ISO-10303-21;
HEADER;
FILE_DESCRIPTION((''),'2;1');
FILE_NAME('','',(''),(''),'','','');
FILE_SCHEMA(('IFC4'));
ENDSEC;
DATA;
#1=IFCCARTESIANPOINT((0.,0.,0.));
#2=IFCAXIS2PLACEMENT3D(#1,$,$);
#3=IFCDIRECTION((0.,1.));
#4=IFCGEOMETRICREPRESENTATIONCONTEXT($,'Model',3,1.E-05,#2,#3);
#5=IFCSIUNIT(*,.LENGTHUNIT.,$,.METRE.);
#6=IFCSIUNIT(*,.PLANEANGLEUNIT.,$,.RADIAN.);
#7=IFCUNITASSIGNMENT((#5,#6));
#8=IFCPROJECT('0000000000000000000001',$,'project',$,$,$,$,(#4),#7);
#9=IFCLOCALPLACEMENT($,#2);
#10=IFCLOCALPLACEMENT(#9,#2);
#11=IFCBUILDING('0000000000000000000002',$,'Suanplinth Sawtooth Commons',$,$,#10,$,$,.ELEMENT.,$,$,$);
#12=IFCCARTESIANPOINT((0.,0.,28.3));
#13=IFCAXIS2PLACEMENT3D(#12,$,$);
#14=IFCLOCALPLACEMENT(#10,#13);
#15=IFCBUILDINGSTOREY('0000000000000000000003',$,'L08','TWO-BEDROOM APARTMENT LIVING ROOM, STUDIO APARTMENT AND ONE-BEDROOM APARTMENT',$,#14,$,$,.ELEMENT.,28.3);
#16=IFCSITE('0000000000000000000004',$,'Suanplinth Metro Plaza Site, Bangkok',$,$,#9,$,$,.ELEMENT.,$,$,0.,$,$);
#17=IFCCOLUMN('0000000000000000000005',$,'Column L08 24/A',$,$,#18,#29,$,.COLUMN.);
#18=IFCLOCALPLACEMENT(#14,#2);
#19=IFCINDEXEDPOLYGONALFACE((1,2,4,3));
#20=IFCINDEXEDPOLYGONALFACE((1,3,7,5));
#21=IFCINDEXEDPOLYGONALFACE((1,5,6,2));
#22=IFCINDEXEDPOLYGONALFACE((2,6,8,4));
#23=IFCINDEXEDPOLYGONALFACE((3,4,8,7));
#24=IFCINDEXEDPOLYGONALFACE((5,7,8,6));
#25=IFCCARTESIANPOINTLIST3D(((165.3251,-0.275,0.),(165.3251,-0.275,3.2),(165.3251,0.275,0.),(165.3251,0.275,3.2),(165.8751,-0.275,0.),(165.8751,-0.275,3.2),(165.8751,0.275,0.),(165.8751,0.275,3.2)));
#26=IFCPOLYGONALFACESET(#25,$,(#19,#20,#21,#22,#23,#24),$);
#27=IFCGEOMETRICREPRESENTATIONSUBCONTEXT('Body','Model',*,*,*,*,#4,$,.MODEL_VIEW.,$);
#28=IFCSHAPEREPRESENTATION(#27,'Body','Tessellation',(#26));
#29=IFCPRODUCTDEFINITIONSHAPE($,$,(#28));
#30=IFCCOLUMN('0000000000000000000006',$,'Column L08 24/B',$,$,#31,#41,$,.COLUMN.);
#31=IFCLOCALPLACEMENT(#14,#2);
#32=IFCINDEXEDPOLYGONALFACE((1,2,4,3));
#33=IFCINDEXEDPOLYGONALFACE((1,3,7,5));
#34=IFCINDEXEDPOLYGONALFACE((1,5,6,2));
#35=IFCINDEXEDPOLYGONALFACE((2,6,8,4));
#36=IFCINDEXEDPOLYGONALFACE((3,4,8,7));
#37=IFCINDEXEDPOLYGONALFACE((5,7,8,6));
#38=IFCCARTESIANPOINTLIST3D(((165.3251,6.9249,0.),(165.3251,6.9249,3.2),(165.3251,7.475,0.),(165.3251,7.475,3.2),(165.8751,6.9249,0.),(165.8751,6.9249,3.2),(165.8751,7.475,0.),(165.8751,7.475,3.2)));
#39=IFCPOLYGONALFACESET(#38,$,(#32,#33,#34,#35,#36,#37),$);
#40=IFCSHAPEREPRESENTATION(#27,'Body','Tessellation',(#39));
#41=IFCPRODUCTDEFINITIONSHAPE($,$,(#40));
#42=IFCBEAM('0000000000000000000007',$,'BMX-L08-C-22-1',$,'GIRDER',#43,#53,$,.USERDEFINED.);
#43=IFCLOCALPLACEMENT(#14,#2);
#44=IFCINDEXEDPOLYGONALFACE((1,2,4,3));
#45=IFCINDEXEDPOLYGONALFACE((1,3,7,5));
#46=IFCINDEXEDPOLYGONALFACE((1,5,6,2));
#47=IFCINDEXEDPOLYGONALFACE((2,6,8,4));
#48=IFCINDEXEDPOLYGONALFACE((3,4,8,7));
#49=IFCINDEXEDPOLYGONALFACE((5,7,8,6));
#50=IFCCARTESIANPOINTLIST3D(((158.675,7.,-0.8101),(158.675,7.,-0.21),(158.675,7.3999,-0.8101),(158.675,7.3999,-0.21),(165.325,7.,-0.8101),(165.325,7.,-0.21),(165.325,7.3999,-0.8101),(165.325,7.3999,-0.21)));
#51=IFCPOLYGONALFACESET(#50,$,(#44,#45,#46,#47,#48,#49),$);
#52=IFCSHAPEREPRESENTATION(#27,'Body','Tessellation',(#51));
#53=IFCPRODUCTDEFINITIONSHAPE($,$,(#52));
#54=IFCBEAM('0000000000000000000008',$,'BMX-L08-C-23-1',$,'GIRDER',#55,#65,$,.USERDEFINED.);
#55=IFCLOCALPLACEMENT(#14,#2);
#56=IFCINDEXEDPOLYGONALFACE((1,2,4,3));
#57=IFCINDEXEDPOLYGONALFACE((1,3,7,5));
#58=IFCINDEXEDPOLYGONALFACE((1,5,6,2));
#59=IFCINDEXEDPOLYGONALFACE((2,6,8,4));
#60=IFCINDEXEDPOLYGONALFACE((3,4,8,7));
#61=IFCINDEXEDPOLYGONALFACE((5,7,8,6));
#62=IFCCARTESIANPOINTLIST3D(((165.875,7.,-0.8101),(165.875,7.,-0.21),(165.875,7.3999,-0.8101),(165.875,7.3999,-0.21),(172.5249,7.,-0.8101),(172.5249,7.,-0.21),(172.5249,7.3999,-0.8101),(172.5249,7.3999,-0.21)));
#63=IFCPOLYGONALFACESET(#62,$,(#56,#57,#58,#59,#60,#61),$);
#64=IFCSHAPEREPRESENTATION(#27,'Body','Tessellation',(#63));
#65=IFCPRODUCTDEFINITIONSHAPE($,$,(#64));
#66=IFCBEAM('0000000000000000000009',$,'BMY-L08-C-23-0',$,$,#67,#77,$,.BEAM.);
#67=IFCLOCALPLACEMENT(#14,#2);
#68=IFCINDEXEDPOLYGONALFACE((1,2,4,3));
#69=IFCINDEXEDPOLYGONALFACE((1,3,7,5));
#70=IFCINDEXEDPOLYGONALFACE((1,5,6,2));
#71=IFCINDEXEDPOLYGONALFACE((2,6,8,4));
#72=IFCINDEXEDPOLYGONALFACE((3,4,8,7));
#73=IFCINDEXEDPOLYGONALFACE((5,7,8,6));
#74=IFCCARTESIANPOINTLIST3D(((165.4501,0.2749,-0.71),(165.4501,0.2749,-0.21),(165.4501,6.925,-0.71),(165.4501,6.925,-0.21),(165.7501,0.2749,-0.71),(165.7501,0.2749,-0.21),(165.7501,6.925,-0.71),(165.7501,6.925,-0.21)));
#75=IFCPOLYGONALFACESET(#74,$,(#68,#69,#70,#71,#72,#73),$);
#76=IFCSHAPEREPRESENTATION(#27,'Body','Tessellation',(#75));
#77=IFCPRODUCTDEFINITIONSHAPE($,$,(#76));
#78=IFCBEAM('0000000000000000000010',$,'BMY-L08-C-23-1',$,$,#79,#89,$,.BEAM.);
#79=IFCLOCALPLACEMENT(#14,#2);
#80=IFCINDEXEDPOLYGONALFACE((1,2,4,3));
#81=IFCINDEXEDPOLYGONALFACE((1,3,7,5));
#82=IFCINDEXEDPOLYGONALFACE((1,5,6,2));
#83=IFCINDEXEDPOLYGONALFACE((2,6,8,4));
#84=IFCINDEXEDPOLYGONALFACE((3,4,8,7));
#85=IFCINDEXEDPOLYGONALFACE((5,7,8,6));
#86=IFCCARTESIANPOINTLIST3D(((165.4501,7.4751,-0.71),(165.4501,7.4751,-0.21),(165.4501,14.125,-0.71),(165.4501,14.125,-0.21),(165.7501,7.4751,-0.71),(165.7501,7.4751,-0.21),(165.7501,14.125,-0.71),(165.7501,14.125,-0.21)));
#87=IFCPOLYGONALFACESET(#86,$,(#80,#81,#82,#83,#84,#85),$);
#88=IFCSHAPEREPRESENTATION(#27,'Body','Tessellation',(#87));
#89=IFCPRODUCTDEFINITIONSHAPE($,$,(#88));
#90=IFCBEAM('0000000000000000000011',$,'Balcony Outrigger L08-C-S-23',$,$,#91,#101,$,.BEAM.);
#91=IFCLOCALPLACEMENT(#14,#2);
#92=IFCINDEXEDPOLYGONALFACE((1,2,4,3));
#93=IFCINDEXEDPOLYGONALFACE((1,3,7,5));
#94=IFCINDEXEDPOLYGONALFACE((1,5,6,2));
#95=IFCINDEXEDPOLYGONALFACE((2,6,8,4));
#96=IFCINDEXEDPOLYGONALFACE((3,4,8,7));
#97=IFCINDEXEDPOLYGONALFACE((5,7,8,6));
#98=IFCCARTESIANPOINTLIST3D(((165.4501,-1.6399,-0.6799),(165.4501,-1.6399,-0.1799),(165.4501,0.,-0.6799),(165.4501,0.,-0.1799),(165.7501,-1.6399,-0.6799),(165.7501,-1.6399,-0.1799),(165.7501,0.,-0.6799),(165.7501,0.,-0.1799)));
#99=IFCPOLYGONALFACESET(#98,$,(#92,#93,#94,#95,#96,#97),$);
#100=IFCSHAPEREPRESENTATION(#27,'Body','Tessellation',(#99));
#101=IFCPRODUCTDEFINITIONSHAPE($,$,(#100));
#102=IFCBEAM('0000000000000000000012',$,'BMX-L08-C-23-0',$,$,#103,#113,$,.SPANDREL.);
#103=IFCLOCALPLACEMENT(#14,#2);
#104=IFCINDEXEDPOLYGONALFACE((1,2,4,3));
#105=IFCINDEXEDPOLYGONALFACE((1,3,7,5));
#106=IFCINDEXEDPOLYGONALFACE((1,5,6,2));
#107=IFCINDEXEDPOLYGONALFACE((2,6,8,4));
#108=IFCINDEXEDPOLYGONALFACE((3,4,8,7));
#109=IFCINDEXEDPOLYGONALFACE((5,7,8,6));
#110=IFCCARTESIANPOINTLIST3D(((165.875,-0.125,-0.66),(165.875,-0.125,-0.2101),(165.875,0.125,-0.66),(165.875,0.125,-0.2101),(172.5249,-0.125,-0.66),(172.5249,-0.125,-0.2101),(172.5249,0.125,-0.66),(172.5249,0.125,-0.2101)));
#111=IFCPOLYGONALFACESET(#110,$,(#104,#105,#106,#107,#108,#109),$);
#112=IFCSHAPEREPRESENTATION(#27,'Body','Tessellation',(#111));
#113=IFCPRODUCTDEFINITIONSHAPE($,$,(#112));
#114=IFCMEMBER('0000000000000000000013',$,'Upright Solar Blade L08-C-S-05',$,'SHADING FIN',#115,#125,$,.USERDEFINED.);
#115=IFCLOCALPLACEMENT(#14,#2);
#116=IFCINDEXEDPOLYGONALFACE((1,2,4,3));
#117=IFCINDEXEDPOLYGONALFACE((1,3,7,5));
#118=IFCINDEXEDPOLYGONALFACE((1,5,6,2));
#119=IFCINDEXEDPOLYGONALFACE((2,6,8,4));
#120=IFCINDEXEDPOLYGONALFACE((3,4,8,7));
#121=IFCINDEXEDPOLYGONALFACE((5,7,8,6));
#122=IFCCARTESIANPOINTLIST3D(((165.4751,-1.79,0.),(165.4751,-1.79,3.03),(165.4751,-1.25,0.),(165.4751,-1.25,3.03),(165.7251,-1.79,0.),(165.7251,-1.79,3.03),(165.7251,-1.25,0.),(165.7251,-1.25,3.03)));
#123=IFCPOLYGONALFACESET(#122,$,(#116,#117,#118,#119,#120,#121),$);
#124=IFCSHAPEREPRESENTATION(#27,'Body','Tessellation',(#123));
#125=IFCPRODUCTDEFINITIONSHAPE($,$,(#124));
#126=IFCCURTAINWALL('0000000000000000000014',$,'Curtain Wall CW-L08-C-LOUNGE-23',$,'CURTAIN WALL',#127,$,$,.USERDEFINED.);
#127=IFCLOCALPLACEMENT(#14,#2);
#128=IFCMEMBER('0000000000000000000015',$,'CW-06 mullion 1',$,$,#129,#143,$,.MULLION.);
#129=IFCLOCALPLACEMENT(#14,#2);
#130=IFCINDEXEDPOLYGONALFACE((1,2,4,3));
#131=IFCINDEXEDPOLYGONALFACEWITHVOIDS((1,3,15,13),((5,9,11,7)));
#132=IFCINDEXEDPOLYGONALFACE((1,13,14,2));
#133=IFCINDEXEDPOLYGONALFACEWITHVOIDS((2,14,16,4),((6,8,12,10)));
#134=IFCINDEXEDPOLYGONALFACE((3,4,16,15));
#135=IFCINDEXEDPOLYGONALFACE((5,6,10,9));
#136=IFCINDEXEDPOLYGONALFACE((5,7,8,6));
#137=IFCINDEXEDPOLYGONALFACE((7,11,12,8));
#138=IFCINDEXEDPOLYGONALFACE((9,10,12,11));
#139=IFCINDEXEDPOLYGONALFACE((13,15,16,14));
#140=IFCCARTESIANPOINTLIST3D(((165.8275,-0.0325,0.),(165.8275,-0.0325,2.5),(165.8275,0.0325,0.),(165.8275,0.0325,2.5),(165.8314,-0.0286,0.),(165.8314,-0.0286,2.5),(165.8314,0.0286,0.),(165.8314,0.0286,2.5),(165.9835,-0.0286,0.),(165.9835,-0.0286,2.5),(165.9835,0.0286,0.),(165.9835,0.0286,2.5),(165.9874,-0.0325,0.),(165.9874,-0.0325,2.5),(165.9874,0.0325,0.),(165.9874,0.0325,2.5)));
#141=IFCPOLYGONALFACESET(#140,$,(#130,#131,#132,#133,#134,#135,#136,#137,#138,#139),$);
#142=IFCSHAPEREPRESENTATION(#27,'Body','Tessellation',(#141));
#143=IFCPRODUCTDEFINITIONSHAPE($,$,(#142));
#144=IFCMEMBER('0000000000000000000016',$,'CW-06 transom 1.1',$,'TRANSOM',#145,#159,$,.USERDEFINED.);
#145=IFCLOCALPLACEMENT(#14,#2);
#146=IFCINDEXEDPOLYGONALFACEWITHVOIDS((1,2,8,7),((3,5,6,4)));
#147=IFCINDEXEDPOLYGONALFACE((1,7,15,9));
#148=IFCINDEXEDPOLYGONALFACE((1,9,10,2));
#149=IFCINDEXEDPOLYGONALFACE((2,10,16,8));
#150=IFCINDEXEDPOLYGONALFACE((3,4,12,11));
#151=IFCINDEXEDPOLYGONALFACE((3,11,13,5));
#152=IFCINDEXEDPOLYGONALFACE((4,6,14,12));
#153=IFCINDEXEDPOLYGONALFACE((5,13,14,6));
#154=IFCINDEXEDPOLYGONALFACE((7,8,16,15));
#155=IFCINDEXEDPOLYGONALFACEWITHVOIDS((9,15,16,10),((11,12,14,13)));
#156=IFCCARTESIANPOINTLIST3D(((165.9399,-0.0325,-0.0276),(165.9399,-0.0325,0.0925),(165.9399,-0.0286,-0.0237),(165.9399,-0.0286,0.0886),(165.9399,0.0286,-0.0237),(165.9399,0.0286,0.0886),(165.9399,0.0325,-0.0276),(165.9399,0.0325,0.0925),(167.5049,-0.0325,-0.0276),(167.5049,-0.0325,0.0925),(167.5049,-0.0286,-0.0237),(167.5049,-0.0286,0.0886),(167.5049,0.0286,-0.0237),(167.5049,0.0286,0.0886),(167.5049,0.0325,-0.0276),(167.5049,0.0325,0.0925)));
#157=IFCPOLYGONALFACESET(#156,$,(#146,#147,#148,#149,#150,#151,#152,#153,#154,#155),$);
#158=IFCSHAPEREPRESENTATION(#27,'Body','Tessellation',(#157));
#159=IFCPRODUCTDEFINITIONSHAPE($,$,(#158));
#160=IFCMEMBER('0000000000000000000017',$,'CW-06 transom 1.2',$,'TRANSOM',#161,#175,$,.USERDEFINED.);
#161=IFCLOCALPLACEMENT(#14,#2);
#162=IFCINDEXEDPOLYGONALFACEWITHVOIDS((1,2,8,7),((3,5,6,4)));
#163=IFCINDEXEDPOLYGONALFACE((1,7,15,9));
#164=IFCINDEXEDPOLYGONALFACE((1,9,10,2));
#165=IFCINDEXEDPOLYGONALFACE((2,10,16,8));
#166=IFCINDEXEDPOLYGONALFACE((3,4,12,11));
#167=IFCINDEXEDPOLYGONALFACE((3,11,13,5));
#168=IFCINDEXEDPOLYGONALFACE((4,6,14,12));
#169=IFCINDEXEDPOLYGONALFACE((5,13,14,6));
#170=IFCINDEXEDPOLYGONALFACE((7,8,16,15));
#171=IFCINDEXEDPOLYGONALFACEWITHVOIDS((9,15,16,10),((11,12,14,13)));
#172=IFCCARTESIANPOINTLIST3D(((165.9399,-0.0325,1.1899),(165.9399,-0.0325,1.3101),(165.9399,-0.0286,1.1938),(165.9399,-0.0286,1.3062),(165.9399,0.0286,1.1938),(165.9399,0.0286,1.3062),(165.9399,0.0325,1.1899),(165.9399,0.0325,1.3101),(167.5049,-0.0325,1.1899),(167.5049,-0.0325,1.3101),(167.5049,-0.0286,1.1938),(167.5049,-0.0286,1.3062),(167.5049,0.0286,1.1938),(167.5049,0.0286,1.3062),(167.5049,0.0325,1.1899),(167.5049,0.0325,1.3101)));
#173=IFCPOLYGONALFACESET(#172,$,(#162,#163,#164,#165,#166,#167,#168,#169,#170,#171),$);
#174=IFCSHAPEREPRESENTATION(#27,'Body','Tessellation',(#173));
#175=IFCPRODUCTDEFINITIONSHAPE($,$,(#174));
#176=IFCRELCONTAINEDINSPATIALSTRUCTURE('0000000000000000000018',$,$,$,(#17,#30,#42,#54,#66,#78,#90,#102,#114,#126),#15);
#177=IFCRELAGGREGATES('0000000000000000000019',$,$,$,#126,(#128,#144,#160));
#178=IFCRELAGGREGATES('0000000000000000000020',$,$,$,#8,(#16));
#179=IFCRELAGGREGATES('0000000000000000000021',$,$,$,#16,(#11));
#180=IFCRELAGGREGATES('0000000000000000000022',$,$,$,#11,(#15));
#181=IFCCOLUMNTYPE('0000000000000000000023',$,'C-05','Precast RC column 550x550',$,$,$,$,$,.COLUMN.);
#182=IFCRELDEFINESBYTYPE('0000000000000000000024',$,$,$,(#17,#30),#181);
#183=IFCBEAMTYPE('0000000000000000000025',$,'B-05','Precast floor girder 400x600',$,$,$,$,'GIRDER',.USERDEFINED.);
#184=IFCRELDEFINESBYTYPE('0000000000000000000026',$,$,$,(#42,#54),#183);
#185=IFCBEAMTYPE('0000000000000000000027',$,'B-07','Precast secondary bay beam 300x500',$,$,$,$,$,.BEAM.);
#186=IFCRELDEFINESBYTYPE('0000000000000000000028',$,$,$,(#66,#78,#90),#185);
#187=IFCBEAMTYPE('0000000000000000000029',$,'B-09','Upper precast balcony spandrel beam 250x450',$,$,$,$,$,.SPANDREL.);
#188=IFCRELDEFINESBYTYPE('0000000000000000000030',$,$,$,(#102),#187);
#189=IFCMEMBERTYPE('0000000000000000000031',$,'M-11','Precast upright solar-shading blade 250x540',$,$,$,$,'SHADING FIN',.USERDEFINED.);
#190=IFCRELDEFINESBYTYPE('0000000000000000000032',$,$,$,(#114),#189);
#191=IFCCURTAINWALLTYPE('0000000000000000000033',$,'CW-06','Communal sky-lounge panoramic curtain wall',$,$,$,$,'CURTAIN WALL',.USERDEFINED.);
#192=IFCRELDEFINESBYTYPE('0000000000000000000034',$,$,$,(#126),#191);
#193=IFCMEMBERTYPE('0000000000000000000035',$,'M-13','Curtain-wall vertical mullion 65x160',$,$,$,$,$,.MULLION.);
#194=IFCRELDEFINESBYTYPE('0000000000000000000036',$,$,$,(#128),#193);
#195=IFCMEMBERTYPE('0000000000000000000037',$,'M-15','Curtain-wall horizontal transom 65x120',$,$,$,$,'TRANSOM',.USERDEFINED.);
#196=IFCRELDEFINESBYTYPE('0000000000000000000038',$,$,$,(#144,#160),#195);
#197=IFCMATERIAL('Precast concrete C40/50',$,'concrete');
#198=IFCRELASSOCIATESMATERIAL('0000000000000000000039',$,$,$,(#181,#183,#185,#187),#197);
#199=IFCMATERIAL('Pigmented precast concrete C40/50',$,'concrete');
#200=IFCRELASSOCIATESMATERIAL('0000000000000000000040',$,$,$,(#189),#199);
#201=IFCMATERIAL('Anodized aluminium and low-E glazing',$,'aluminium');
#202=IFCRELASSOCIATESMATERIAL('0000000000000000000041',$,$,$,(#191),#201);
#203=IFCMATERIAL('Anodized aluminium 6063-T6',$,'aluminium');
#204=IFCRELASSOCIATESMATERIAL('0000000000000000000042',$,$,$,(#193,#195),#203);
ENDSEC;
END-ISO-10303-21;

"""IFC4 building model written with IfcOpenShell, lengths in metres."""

from ifc_helpers import new_model, si_unit, direction, frame, origin, origin_2d, place, context, subcontext, project, spatial, rectangle, hollow_rectangle, extrude, material, material_profile, profile_set, type_object, element, aggregate, save


model = new_model("IFC4")

# Units and contexts
model_context = context("Model", 3, precision=1e-05, world=origin(), true_north=direction((0.0, 1.0)))
body_context = subcontext(model_context, "Body", "Model", "MODEL_VIEW")
ifc_project = project(units=[si_unit("LENGTHUNIT", "METRE"), si_unit("PLANEANGLEUNIT", "RADIAN")], contexts=[model_context])

# Site, building, storey
site_placement = place(None, origin())
site = spatial("IfcSite", under=ifc_project, at=site_placement, Name="Suanplinth Metro Plaza Site, Bangkok", CompositionType="ELEMENT", RefElevation=0.0)
building_placement = place(site_placement, origin())
building = spatial("IfcBuilding", under=site, at=building_placement, Name="Suanplinth Sawtooth Commons", CompositionType="ELEMENT")
storey_placement = place(building_placement, frame((0.0, 0.0, 28.3)))
storey = spatial("IfcBuildingStorey", under=building, at=storey_placement, Name="L08", Description="TWO-BEDROOM APARTMENT LIVING ROOM, STUDIO APARTMENT AND ONE-BEDROOM APARTMENT", CompositionType="ELEMENT", Elevation=28.3)

# Columns
ifc_material_1 = material(Name="Precast concrete C40/50", Category="concrete")
ifc_material_profile_1 = material_profile(ifc_material_1, rectangle(XDim=0.55, YDim=0.55, at=origin_2d()), Name="PC-COL 550x550")
ifc_profile_set_1 = profile_set([ifc_material_profile_1], Name="Precast concrete C40/50")
column_type = type_object("IfcColumnType", Name="C-05", Description="Precast RC column 550x550", PredefinedType="COLUMN", material=ifc_profile_set_1)
for number, where, z_axis, x_axis, name in (
    (1, (165.6001, 0.0, 0.0), (0.0, 0.0, 1.0), (1.0, 0.0, 0.0), "Column L08 24/A"),
    (2, (165.6001, 7.2, 0.0), (0.0, 0.0, 1.0), (1.0, 0.0, 0.0), "Column L08 24/B"),
):
    element("IfcColumn", number, at=place(storey_placement, frame(where, z_axis=z_axis, x_axis=x_axis)), inside=storey, type_object=column_type, Name=name, PredefinedType="COLUMN", context=body_context, shape_type="SweptSolid", body=[
        extrude(rectangle(XDim=0.55, YDim=0.55, at=origin_2d()), origin(), (0.0, 0.0, 1.0), 3.2),
    ])

# Beams
ifc_material_profile_2 = material_profile(ifc_material_1, rectangle(XDim=0.3999, YDim=0.6001, at=origin_2d()), Name="PC-GDR 400x600")
ifc_profile_set_2 = profile_set([ifc_material_profile_2], Name="Precast concrete C40/50")
beam_type_1 = type_object("IfcBeamType", Name="B-05", Description="Precast floor girder 400x600", ElementType="GIRDER", PredefinedType="USERDEFINED", material=ifc_profile_set_2)
for number, where, z_axis, x_axis, name in (
    (3, (158.675, 7.2, -0.51), (1.0, 0.0, 0.0), (0.0, 1.0, 0.0), "BMX-L08-C-22-1"),
    (4, (165.875, 7.2, -0.51), (1.0, 0.0, 0.0), (0.0, 1.0, 0.0), "BMX-L08-C-23-1"),
):
    element("IfcBeam", number, at=place(storey_placement, frame(where, z_axis=z_axis, x_axis=x_axis)), inside=storey, type_object=beam_type_1, Name=name, ObjectType="GIRDER", PredefinedType="USERDEFINED", context=body_context, shape_type="SweptSolid", body=[
        extrude(rectangle(XDim=0.3999, YDim=0.6001, at=origin_2d()), origin(), (0.0, 0.0, 1.0), 6.6499),
    ])
ifc_material_profile_3 = material_profile(ifc_material_1, rectangle(XDim=0.3, YDim=0.5, at=origin_2d()), Name="PC-BM 300x500")
ifc_profile_set_3 = profile_set([ifc_material_profile_3], Name="Precast concrete C40/50")
beam_type_2 = type_object("IfcBeamType", Name="B-07", Description="Precast secondary bay beam 300x500", PredefinedType="BEAM", material=ifc_profile_set_3)
beam_1_placement = place(storey_placement, frame((165.6001, 0.2749, -0.46), z_axis=(0.0, 1.0, 0.0), x_axis=(-1.0, 0.0, 0.0)))
element("IfcBeam", 5, at=beam_1_placement, inside=storey, type_object=beam_type_2, Name="BMY-L08-C-23-0", PredefinedType="BEAM", context=body_context, shape_type="SweptSolid", body=[
    extrude(rectangle(XDim=0.3, YDim=0.5, at=origin_2d()), origin(), (0.0, 0.0, 1.0), 6.6501),
])
beam_2_placement = place(storey_placement, frame((165.6001, 7.4751, -0.46), z_axis=(0.0, 1.0, 0.0), x_axis=(-1.0, 0.0, 0.0)))
element("IfcBeam", 6, at=beam_2_placement, inside=storey, type_object=beam_type_2, Name="BMY-L08-C-23-1", PredefinedType="BEAM", context=body_context, shape_type="SweptSolid", body=[
    extrude(rectangle(XDim=0.3, YDim=0.5, at=origin_2d()), origin(), (0.0, 0.0, 1.0), 6.6499),
])
beam_3_placement = place(storey_placement, frame((165.6001, 0.0, -0.4299), z_axis=(0.0, -1.0, 0.0), x_axis=(1.0, 0.0, 0.0)))
element("IfcBeam", 7, at=beam_3_placement, inside=storey, type_object=beam_type_2, Name="Balcony Outrigger L08-C-S-23", PredefinedType="BEAM", context=body_context, shape_type="SweptSolid", body=[
    extrude(rectangle(XDim=0.3, YDim=0.5, at=origin_2d()), origin(), (0.0, 0.0, 1.0), 1.6399),
])
ifc_material_profile_4 = material_profile(ifc_material_1, rectangle(XDim=0.25, YDim=0.45, at=origin_2d()), Name="PC-SP 250x450")
ifc_profile_set_4 = profile_set([ifc_material_profile_4], Name="Precast concrete C40/50")
beam_type_3 = type_object("IfcBeamType", Name="B-09", Description="Upper precast balcony spandrel beam 250x450", PredefinedType="SPANDREL", material=ifc_profile_set_4)
beam_4_placement = place(storey_placement, frame((165.875, 0.0, -0.4351), z_axis=(1.0, 0.0, 0.0), x_axis=(0.0, 1.0, 0.0)))
element("IfcBeam", 8, at=beam_4_placement, inside=storey, type_object=beam_type_3, Name="BMX-L08-C-23-0", PredefinedType="SPANDREL", context=body_context, shape_type="SweptSolid", body=[
    extrude(rectangle(XDim=0.25, YDim=0.45, at=origin_2d()), origin(), (0.0, 0.0, 1.0), 6.6499),
])

# Member
ifc_material_2 = material(Name="Pigmented precast concrete C40/50", Category="concrete")
ifc_material_profile_5 = material_profile(ifc_material_2, rectangle(XDim=0.25, YDim=0.54, at=origin_2d()), Name="PC-FIN 250x540")
ifc_profile_set_5 = profile_set([ifc_material_profile_5], Name="Pigmented precast concrete C40/50")
member_type_1 = type_object("IfcMemberType", Name="M-11", Description="Precast upright solar-shading blade 250x540", ElementType="SHADING FIN", PredefinedType="USERDEFINED", material=ifc_profile_set_5)
member_1_placement = place(storey_placement, frame((165.6001, -1.52, 0.0), z_axis=(0.0, 0.0, 1.0), x_axis=(1.0, 0.0, 0.0)))
element("IfcMember", 9, at=member_1_placement, inside=storey, type_object=member_type_1, Name="Upright Solar Blade L08-C-S-05", ObjectType="SHADING FIN", PredefinedType="USERDEFINED", context=body_context, shape_type="SweptSolid", body=[
    extrude(rectangle(XDim=0.25, YDim=0.54, at=origin_2d()), origin(), (0.0, 0.0, 1.0), 3.03),
])

# Curtain wall, members
ifc_material_3 = material(Name="Anodized aluminium and low-E glazing", Category="aluminium")
curtain_wall_type = type_object("IfcCurtainWallType", Name="CW-06", Description="Communal sky-lounge panoramic curtain wall", ElementType="CURTAIN WALL", PredefinedType="USERDEFINED", material=ifc_material_3)
curtain_wall_placement = place(storey_placement, origin())
curtain_wall = element("IfcCurtainWall", 10, at=curtain_wall_placement, inside=storey, type_object=curtain_wall_type, Name="Curtain Wall CW-L08-C-LOUNGE-23", ObjectType="CURTAIN WALL", PredefinedType="USERDEFINED")
ifc_material_4 = material(Name="Anodized aluminium 6063-T6", Category="aluminium")
ifc_material_profile_6 = material_profile(ifc_material_4, hollow_rectangle(XDim=0.0649, YDim=0.1599, WallThickness=0.0039, at=origin_2d()), Name="ALU-MUL 65x160")
ifc_profile_set_6 = profile_set([ifc_material_profile_6], Name="Anodized aluminium 6063-T6")
member_type_2 = type_object("IfcMemberType", Name="M-13", Description="Curtain-wall vertical mullion 65x160", PredefinedType="MULLION", material=ifc_profile_set_6)
member_2_placement = place(storey_placement, frame((165.9075, 0.0, 0.0), z_axis=(0.0, 0.0, 1.0), x_axis=(0.0, 1.0, 0.0)))
member_2 = element("IfcMember", 11, at=member_2_placement, type_object=member_type_2, Name="CW-06 mullion 1", PredefinedType="MULLION", context=body_context, shape_type="SweptSolid", body=[
    extrude(hollow_rectangle(XDim=0.0649, YDim=0.1599, WallThickness=0.0039, at=origin_2d()), origin(), (0.0, 0.0, 1.0), 2.5),
])
ifc_material_profile_7 = material_profile(ifc_material_4, hollow_rectangle(XDim=0.0649, YDim=0.1201, WallThickness=0.0039, at=origin_2d()), Name="ALU-TRN 65x120")
ifc_profile_set_7 = profile_set([ifc_material_profile_7], Name="Anodized aluminium 6063-T6")
member_type_3 = type_object("IfcMemberType", Name="M-15", Description="Curtain-wall horizontal transom 65x120", ElementType="TRANSOM", PredefinedType="USERDEFINED", material=ifc_profile_set_7)
member_3_placement = place(storey_placement, frame((165.9399, 0.0, 0.0325), z_axis=(1.0, 0.0, 0.0), x_axis=(0.0, 1.0, 0.0)))
member_3 = element("IfcMember", 12, at=member_3_placement, type_object=member_type_3, Name="CW-06 transom 1.1", ObjectType="TRANSOM", PredefinedType="USERDEFINED", context=body_context, shape_type="SweptSolid", body=[
    extrude(hollow_rectangle(XDim=0.0649, YDim=0.1201, WallThickness=0.0039, at=origin_2d()), origin(), (0.0, 0.0, 1.0), 1.5649),
])
member_4_placement = place(storey_placement, frame((165.9399, 0.0, 1.25), z_axis=(1.0, 0.0, 0.0), x_axis=(0.0, 1.0, 0.0)))
member_4 = element("IfcMember", 13, at=member_4_placement, type_object=member_type_3, Name="CW-06 transom 1.2", ObjectType="TRANSOM", PredefinedType="USERDEFINED", context=body_context, shape_type="SweptSolid", body=[
    extrude(hollow_rectangle(XDim=0.0649, YDim=0.1201, WallThickness=0.0039, at=origin_2d()), origin(), (0.0, 0.0, 1.0), 1.5649),
])
aggregate(curtain_wall, [member_2, member_3, member_4])

save(model, "model.ifc")
